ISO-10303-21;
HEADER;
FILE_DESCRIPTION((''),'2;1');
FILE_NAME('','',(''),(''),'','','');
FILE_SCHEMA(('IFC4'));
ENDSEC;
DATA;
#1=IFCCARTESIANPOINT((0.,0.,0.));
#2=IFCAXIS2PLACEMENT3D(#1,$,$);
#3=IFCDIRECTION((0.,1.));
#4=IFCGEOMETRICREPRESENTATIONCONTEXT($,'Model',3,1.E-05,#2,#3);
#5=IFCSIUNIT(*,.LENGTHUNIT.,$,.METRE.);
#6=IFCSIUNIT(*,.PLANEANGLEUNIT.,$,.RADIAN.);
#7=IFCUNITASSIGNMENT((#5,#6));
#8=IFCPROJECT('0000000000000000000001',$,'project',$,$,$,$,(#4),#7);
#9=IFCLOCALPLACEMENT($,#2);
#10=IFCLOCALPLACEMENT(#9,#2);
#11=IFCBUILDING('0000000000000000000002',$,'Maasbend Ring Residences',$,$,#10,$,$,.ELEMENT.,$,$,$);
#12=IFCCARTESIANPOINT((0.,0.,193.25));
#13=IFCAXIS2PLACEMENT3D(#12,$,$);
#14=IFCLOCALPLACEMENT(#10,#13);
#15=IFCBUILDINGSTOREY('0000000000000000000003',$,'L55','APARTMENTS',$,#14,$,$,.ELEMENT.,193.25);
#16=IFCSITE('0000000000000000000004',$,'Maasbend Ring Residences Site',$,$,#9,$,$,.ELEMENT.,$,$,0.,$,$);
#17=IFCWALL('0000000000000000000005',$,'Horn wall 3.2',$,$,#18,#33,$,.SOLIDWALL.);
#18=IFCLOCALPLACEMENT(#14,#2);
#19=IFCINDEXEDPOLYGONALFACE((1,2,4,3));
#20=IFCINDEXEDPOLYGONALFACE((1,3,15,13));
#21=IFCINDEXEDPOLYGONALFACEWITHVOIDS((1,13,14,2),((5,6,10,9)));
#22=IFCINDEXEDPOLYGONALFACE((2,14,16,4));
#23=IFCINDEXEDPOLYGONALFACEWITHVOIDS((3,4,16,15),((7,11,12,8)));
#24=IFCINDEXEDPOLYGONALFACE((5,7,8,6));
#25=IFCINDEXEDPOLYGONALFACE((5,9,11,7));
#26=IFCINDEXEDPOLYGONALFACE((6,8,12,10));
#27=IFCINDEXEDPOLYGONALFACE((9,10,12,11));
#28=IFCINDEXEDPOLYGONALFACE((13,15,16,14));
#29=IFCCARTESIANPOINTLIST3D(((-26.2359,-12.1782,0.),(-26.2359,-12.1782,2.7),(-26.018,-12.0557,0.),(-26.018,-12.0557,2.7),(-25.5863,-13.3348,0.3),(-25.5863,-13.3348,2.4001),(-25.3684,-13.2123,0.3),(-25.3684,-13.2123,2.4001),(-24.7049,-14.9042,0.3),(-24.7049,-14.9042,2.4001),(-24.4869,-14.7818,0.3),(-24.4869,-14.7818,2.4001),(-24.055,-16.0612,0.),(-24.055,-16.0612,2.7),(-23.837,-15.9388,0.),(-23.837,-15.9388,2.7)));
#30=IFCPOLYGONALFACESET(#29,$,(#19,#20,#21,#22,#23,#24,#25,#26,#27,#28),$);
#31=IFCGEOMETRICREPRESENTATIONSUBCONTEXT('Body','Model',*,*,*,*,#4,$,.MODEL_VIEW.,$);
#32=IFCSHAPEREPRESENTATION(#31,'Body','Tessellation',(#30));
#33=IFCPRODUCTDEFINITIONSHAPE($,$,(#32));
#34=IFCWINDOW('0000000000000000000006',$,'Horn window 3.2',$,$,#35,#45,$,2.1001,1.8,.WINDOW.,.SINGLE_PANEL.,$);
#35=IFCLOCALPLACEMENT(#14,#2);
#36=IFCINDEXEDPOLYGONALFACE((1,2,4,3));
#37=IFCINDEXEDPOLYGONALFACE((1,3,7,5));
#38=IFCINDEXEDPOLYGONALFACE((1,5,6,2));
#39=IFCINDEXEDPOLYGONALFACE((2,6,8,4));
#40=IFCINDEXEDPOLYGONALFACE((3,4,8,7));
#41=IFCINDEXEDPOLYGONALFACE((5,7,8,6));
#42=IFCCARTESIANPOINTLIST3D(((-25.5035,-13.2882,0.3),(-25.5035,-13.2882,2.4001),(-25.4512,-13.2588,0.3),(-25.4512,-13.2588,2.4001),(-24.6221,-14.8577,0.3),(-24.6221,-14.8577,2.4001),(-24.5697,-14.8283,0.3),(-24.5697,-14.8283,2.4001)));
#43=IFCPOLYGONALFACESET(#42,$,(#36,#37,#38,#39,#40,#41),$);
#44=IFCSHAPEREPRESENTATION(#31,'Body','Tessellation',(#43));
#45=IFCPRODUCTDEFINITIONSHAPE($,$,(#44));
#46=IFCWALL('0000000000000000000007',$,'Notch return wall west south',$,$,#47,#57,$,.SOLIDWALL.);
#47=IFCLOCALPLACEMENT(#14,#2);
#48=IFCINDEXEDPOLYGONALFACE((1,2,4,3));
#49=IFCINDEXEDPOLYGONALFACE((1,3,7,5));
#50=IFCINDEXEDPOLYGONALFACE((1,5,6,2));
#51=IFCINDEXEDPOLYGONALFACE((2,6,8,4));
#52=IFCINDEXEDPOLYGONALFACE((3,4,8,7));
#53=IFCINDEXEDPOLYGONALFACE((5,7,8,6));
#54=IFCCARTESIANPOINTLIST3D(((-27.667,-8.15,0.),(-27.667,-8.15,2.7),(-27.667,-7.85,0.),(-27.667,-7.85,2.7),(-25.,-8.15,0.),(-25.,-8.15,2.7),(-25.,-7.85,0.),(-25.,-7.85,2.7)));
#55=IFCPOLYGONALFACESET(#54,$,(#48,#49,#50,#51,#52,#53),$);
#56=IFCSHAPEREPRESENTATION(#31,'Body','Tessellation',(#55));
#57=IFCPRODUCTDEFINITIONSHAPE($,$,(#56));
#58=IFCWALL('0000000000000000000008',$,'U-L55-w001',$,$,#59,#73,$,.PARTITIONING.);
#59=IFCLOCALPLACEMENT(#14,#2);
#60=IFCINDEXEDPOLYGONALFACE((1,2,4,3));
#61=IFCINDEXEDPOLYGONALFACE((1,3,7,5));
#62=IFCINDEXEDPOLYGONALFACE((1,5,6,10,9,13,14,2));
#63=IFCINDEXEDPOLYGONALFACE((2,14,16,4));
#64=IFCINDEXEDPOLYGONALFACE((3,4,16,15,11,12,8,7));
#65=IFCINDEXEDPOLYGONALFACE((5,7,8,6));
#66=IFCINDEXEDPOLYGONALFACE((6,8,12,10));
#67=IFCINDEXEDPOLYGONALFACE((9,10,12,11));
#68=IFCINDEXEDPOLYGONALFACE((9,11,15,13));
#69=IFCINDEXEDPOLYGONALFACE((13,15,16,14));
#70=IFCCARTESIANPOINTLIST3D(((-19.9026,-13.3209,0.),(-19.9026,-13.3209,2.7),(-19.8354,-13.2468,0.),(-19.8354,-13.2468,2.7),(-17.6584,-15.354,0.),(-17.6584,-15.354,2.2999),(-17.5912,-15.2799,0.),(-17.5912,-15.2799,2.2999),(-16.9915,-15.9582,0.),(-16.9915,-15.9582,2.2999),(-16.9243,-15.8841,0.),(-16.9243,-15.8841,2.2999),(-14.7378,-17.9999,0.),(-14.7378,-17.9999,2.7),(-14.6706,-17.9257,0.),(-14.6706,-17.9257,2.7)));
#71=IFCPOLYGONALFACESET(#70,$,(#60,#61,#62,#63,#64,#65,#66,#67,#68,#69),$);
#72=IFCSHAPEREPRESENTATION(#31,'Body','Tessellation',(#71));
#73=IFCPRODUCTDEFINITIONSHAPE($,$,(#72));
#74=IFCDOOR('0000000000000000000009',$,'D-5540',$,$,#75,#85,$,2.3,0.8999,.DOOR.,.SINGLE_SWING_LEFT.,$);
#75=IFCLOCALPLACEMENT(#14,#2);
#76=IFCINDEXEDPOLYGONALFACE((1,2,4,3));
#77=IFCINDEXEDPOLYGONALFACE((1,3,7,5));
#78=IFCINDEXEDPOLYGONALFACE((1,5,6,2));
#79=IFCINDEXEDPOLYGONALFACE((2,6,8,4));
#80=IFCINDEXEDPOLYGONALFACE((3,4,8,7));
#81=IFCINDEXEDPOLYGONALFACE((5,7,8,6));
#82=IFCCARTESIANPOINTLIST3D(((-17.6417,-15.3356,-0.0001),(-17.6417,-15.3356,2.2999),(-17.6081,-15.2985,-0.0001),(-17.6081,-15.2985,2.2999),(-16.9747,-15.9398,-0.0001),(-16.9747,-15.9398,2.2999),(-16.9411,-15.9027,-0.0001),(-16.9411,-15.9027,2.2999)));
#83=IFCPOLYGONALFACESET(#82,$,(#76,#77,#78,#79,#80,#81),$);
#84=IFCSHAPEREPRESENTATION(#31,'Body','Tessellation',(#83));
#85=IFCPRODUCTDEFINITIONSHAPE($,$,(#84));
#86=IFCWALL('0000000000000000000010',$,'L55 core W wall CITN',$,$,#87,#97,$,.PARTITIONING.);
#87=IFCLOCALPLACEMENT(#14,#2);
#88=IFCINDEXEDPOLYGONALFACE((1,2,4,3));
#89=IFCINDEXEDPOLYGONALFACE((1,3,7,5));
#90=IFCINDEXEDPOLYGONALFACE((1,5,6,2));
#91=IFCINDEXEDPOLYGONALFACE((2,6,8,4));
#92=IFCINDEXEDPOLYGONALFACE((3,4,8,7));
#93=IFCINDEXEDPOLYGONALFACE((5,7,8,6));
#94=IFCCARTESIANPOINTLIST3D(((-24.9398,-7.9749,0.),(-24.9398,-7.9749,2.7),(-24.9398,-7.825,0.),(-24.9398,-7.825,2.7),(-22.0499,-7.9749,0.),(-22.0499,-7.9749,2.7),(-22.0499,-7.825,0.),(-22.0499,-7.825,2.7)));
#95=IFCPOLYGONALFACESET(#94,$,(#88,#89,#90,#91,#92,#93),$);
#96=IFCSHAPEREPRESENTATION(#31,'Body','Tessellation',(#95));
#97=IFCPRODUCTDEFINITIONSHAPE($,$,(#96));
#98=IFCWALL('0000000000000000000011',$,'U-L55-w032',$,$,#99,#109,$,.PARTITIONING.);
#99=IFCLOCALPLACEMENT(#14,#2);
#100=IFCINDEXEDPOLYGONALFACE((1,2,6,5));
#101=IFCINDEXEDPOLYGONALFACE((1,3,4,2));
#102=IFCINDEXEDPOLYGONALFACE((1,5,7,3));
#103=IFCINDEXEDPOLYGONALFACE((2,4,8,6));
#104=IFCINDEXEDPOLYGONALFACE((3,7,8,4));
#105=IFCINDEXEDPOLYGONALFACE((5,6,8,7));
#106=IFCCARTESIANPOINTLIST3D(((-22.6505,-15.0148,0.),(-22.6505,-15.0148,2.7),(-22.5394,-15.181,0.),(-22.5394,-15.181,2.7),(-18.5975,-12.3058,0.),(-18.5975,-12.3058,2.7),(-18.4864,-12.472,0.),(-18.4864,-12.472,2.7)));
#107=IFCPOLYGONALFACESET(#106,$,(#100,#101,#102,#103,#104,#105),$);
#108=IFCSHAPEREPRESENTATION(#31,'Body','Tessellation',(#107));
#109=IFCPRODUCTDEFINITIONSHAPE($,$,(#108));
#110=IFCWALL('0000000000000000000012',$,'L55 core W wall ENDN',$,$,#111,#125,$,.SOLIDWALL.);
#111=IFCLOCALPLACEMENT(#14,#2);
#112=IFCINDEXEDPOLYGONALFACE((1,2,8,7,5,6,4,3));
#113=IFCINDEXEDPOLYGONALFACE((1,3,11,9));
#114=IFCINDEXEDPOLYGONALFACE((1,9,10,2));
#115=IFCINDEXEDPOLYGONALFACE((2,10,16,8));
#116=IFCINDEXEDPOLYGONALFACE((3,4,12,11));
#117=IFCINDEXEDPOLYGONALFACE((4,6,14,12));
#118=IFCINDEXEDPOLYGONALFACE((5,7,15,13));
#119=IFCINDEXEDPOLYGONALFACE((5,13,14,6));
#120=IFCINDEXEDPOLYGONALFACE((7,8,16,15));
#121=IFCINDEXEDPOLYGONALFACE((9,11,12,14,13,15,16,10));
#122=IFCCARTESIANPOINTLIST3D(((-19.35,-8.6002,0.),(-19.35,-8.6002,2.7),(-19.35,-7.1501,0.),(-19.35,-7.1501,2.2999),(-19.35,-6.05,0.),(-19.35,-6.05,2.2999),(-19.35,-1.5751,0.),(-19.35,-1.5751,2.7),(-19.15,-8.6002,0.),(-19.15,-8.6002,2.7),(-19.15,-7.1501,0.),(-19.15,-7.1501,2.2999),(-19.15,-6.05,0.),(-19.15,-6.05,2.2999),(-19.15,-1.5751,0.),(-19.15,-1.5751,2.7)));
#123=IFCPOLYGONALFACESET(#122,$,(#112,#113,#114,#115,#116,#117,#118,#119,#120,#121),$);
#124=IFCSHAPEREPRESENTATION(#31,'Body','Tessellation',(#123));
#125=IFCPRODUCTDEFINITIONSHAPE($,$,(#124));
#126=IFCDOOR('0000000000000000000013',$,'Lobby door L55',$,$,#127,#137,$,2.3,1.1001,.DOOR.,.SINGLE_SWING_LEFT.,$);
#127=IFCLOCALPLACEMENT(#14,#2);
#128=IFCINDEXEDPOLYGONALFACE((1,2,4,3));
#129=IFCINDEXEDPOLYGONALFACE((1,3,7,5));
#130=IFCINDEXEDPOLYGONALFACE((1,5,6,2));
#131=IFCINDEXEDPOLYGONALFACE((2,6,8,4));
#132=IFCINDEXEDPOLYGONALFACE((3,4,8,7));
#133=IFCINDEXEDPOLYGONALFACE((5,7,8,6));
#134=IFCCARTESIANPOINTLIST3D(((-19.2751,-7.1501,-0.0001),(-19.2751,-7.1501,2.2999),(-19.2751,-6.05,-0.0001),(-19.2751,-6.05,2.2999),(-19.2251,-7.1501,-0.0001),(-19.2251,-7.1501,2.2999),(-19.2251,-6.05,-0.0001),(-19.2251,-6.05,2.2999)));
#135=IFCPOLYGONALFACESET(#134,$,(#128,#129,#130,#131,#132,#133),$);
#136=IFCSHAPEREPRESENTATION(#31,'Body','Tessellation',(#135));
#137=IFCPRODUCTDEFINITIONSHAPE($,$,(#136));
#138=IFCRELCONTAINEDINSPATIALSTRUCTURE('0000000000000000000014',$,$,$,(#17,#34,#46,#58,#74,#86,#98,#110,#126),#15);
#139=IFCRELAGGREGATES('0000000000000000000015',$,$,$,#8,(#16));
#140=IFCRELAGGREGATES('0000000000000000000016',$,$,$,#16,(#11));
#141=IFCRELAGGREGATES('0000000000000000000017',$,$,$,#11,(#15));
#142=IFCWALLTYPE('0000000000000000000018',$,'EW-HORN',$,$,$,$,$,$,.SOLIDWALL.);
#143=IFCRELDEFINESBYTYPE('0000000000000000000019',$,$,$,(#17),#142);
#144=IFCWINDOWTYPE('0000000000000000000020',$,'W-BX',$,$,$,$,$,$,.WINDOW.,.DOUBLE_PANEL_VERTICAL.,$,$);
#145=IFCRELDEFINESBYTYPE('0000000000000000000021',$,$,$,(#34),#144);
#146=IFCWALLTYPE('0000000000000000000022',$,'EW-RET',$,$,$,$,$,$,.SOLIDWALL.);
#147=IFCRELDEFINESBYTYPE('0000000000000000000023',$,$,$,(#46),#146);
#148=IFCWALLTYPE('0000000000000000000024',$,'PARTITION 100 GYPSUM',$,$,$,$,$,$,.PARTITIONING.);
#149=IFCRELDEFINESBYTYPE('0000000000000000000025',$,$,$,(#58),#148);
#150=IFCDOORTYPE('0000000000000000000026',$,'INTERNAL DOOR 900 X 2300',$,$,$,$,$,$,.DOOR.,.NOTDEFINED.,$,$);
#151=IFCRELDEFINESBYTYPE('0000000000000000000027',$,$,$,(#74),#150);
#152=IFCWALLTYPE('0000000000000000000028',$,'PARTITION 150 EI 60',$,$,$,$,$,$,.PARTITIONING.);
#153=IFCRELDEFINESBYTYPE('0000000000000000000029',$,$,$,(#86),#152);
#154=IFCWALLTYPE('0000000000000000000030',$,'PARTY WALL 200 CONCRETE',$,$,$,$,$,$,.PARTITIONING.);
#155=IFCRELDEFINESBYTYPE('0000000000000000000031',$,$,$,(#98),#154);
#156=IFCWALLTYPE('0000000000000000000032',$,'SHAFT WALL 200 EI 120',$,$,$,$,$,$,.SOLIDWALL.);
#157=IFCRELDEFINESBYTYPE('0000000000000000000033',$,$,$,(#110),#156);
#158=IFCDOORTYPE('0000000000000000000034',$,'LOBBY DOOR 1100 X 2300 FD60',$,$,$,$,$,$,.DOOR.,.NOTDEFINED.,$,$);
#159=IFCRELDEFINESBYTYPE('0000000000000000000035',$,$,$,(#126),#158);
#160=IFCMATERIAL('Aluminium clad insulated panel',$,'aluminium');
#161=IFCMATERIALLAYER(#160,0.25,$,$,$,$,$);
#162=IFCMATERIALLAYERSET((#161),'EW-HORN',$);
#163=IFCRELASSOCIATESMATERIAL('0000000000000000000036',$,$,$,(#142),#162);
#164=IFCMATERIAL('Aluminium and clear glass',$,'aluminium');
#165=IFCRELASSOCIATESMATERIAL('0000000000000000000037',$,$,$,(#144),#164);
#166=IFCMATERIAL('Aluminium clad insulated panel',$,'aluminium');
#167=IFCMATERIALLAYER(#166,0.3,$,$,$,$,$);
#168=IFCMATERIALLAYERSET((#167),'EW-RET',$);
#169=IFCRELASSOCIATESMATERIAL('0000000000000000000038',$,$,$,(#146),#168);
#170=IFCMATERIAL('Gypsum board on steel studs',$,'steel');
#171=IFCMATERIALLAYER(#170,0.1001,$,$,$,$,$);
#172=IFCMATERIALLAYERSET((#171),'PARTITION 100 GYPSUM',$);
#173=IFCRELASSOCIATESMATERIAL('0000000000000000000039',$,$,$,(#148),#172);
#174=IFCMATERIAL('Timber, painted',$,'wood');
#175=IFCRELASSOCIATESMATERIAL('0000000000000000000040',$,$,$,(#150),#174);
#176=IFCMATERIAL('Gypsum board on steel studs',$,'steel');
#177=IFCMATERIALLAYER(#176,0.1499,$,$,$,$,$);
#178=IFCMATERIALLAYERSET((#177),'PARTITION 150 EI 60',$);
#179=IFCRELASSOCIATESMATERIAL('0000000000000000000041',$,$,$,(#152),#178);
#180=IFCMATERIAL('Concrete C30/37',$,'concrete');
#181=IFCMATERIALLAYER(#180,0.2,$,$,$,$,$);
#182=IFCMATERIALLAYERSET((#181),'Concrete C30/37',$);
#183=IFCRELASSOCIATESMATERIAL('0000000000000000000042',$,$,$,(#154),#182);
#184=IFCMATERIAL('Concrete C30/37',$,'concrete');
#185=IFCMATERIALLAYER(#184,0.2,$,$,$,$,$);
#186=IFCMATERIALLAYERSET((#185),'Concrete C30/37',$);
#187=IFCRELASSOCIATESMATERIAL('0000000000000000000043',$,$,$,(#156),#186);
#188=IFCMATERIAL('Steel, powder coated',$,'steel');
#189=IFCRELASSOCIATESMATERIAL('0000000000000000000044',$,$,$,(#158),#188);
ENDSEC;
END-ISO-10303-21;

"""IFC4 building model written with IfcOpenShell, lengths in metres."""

from ifc_helpers import new_model, si_unit, direction, frame, frame_2d, origin, place, context, subcontext, project, spatial, rectangle, extrude, material, layer, layer_set, type_object, element, fill, save


model = new_model("IFC4")

# Units and contexts
model_context = context("Model", 3, precision=1e-05, world=origin(), true_north=direction((0.0, 1.0)))
body_context = subcontext(model_context, "Body", "Model", "MODEL_VIEW")
ifc_project = project(units=[si_unit("LENGTHUNIT", "METRE"), si_unit("PLANEANGLEUNIT", "RADIAN")], contexts=[model_context])

# Site, building, storey
site_placement = place(None, origin())
site = spatial("IfcSite", under=ifc_project, at=site_placement, Name="Maasbend Ring Residences Site", CompositionType="ELEMENT", RefElevation=0.0)
building_placement = place(site_placement, origin())
building = spatial("IfcBuilding", under=site, at=building_placement, Name="Maasbend Ring Residences", CompositionType="ELEMENT")
storey_placement = place(building_placement, frame((0.0, 0.0, 193.25)))
storey = spatial("IfcBuildingStorey", under=building, at=storey_placement, Name="L55", Description="APARTMENTS", CompositionType="ELEMENT", Elevation=193.25)

# Wall, opening, window
ifc_material_1 = material(Name="Aluminium clad insulated panel", Category="aluminium")
ifc_layer_1 = layer(ifc_material_1, 0.25)
ifc_layer_set_1 = layer_set([ifc_layer_1], Name="EW-HORN")
wall_type_1 = type_object("IfcWallType", Name="EW-HORN", PredefinedType="SOLIDWALL", material=ifc_layer_set_1)
ifc_material_2 = material(Name="Aluminium and clear glass", Category="aluminium")
window_type = type_object("IfcWindowType", Name="W-BX", PartitioningType="DOUBLE_PANEL_VERTICAL", PredefinedType="WINDOW", material=ifc_material_2)
wall_1_placement = place(storey_placement, frame((-26.127, -12.1169, 0.0), z_axis=(0.0, 0.0, 1.0), x_axis=(0.489696, -0.871893, 0.0)))
wall_1 = element("IfcWall", 1, at=wall_1_placement, inside=storey, type_object=wall_type_1, Name="Horn wall 3.2", PredefinedType="SOLIDWALL", context=body_context, shape_type="SweptSolid", body=[
    extrude(rectangle(XDim=4.4536, YDim=0.25, at=frame_2d((2.2268, 0.0))), origin(), (0.0, 0.0, 1.0), 2.7),
])
opening_1_placement = place(wall_1_placement, frame((1.3267, 0.0, 0.3)))
opening_1 = element("IfcOpeningElement", 2, at=opening_1_placement, cuts=wall_1, PredefinedType="OPENING", context=body_context, shape_type="SweptSolid", body=[
    extrude(rectangle(XDim=1.8, YDim=2.1001, at=frame_2d((0.8999, 1.05))), frame((0.0, 0.135, 0.0), z_axis=(0.0, -1.0, 0.0), x_axis=(1.0, 0.0, 0.0)), (0.0, 0.0, 1.0), 0.27),
])
window_1_placement = place(opening_1_placement, origin())
window_1 = element("IfcWindow", 3, at=window_1_placement, inside=storey, type_object=window_type, Name="Horn window 3.2", OverallHeight=2.1001, OverallWidth=1.8, PartitioningType="SINGLE_PANEL", PredefinedType="WINDOW", context=body_context, shape_type="SweptSolid", body=[
    extrude(rectangle(XDim=1.8, YDim=2.1001, at=frame_2d((0.8999, 1.05))), frame((0.0, 0.03, 0.0), z_axis=(0.0, -1.0, 0.0), x_axis=(1.0, 0.0, 0.0)), (0.0, 0.0, 1.0), 0.0601),
])
fill(opening_1, window_1)

# Wall
ifc_material_3 = material(Name="Aluminium clad insulated panel", Category="aluminium")
ifc_layer_2 = layer(ifc_material_3, 0.3)
ifc_layer_set_2 = layer_set([ifc_layer_2], Name="EW-RET")
wall_type_2 = type_object("IfcWallType", Name="EW-RET", PredefinedType="SOLIDWALL", material=ifc_layer_set_2)
wall_2_placement = place(storey_placement, frame((-25.0, -8.0, 0.0), z_axis=(0.0, 0.0, 1.0), x_axis=(-1.0, 0.0, 0.0)))
element("IfcWall", 4, at=wall_2_placement, inside=storey, type_object=wall_type_2, Name="Notch return wall west south", PredefinedType="SOLIDWALL", context=body_context, shape_type="SweptSolid", body=[
    extrude(rectangle(XDim=2.667, YDim=0.3, at=frame_2d((1.3335, 0.0))), origin(), (0.0, 0.0, 1.0), 2.7),
])

# Wall, opening, door
ifc_material_4 = material(Name="Gypsum board on steel studs", Category="steel")
ifc_layer_3 = layer(ifc_material_4, 0.1001)
ifc_layer_set_3 = layer_set([ifc_layer_3], Name="PARTITION 100 GYPSUM")
wall_type_3 = type_object("IfcWallType", Name="PARTITION 100 GYPSUM", PredefinedType="PARTITIONING", material=ifc_layer_set_3)
wall_3_placement = place(storey_placement, frame((-19.8689, -13.2839, 0.0), z_axis=(0.0, 0.0, 1.0), x_axis=(0.741104, -0.67139, 0.0)))
wall_3 = element("IfcWall", 5, at=wall_3_placement, inside=storey, type_object=wall_type_3, Name="U-L55-w001", PredefinedType="PARTITIONING", context=body_context, shape_type="SweptSolid", body=[
    extrude(rectangle(XDim=6.969, YDim=0.1001, at=frame_2d((3.4844, 0.0))), origin(), (0.0, 0.0, 1.0), 2.7),
])
opening_2_placement = place(wall_3_placement, frame((3.0281, 0.0, 0.0)))
opening_2 = element("IfcOpeningElement", 6, at=opening_2_placement, cuts=wall_3, PredefinedType="OPENING", context=body_context, shape_type="SweptSolid", body=[
    extrude(rectangle(XDim=0.8999, YDim=2.3, at=frame_2d((0.45, 1.1499))), frame((0.0, 0.0601, 0.0), z_axis=(0.0, -1.0, 0.0), x_axis=(1.0, 0.0, 0.0)), (0.0, 0.0, 1.0), 0.1201),
])
ifc_material_5 = material(Name="Timber, painted", Category="wood")
door_type_1 = type_object("IfcDoorType", Name="INTERNAL DOOR 900 X 2300", OperationType="NOTDEFINED", PredefinedType="DOOR", material=ifc_material_5)
door_1_placement = place(opening_2_placement, origin())
door_1 = element("IfcDoor", 7, at=door_1_placement, inside=storey, type_object=door_type_1, Name="D-5540", OperationType="SINGLE_SWING_LEFT", OverallHeight=2.3, OverallWidth=0.8999, PredefinedType="DOOR", context=body_context, shape_type="SweptSolid", body=[
    extrude(rectangle(XDim=0.8999, YDim=2.3, at=frame_2d((0.45, 1.1499))), frame((0.0, 0.0249, 0.0), z_axis=(0.0, -1.0, 0.0), x_axis=(1.0, 0.0, 0.0)), (0.0, 0.0, 1.0), 0.05),
])
fill(opening_2, door_1)

# Walls
ifc_material_6 = material(Name="Gypsum board on steel studs", Category="steel")
ifc_layer_4 = layer(ifc_material_6, 0.1499)
ifc_layer_set_4 = layer_set([ifc_layer_4], Name="PARTITION 150 EI 60")
wall_type_4 = type_object("IfcWallType", Name="PARTITION 150 EI 60", PredefinedType="PARTITIONING", material=ifc_layer_set_4)
wall_4_placement = place(storey_placement, frame((-22.05, -7.8999, 0.0), z_axis=(0.0, 0.0, 1.0), x_axis=(-1.0, 0.0, 0.0)))
element("IfcWall", 8, at=wall_4_placement, inside=storey, type_object=wall_type_4, Name="L55 core W wall CITN", PredefinedType="PARTITIONING", context=body_context, shape_type="SweptSolid", body=[
    extrude(rectangle(XDim=2.8899, YDim=0.1499, at=frame_2d((1.4448, 0.0))), origin(), (0.0, 0.0, 1.0), 2.7),
])
ifc_material_7 = material(Name="Concrete C30/37", Category="concrete")
ifc_layer_5 = layer(ifc_material_7, 0.2)
ifc_layer_set_5 = layer_set([ifc_layer_5], Name="Concrete C30/37")
wall_type_5 = type_object("IfcWallType", Name="PARTY WALL 200 CONCRETE", PredefinedType="PARTITIONING", material=ifc_layer_set_5)
wall_5_placement = place(storey_placement, frame((-22.595, -15.0979, 0.0), z_axis=(0.0, 0.0, 1.0), x_axis=(0.831387, 0.555694, 0.0)))
element("IfcWall", 9, at=wall_5_placement, inside=storey, type_object=wall_type_5, Name="U-L55-w032", PredefinedType="PARTITIONING", context=body_context, shape_type="SweptSolid", body=[
    extrude(rectangle(XDim=4.875, YDim=0.2, at=frame_2d((2.4375, 0.0))), origin(), (0.0, 0.0, 1.0), 2.7),
])

# Wall, opening, door
ifc_material_8 = material(Name="Concrete C30/37", Category="concrete")
ifc_layer_6 = layer(ifc_material_8, 0.2)
ifc_layer_set_6 = layer_set([ifc_layer_6], Name="Concrete C30/37")
wall_type_6 = type_object("IfcWallType", Name="SHAFT WALL 200 EI 120", PredefinedType="SOLIDWALL", material=ifc_layer_set_6)
wall_6_placement = place(storey_placement, frame((-19.25, -1.575, 0.0), z_axis=(0.0, 0.0, 1.0), x_axis=(0.0, -1.0, 0.0)))
wall_6 = element("IfcWall", 10, at=wall_6_placement, inside=storey, type_object=wall_type_6, Name="L55 core W wall ENDN", PredefinedType="SOLIDWALL", context=body_context, shape_type="SweptSolid", body=[
    extrude(rectangle(XDim=7.0251, YDim=0.2, at=frame_2d((3.5127, 0.0))), origin(), (0.0, 0.0, 1.0), 2.7),
])
opening_3_placement = place(wall_6_placement, frame((4.4751, 0.0, 0.0)))
opening_3 = element("IfcOpeningElement", 11, at=opening_3_placement, cuts=wall_6, PredefinedType="OPENING", context=body_context, shape_type="SweptSolid", body=[
    extrude(rectangle(XDim=1.1001, YDim=2.3, at=frame_2d((0.55, 1.1499))), frame((0.0, 0.1099, 0.0), z_axis=(0.0, -1.0, 0.0), x_axis=(1.0, 0.0, 0.0)), (0.0, 0.0, 1.0), 0.22),
])
ifc_material_9 = material(Name="Steel, powder coated", Category="steel")
door_type_2 = type_object("IfcDoorType", Name="LOBBY DOOR 1100 X 2300 FD60", OperationType="NOTDEFINED", PredefinedType="DOOR", material=ifc_material_9)
door_2_placement = place(opening_3_placement, origin())
door_2 = element("IfcDoor", 12, at=door_2_placement, inside=storey, type_object=door_type_2, Name="Lobby door L55", OperationType="SINGLE_SWING_LEFT", OverallHeight=2.3, OverallWidth=1.1001, PredefinedType="DOOR", context=body_context, shape_type="SweptSolid", body=[
    extrude(rectangle(XDim=1.1001, YDim=2.3, at=frame_2d((0.55, 1.1499))), frame((0.0, 0.0249, 0.0), z_axis=(0.0, -1.0, 0.0), x_axis=(1.0, 0.0, 0.0)), (0.0, 0.0, 1.0), 0.05),
])
fill(opening_3, door_2)

save(model, "model.ifc")
